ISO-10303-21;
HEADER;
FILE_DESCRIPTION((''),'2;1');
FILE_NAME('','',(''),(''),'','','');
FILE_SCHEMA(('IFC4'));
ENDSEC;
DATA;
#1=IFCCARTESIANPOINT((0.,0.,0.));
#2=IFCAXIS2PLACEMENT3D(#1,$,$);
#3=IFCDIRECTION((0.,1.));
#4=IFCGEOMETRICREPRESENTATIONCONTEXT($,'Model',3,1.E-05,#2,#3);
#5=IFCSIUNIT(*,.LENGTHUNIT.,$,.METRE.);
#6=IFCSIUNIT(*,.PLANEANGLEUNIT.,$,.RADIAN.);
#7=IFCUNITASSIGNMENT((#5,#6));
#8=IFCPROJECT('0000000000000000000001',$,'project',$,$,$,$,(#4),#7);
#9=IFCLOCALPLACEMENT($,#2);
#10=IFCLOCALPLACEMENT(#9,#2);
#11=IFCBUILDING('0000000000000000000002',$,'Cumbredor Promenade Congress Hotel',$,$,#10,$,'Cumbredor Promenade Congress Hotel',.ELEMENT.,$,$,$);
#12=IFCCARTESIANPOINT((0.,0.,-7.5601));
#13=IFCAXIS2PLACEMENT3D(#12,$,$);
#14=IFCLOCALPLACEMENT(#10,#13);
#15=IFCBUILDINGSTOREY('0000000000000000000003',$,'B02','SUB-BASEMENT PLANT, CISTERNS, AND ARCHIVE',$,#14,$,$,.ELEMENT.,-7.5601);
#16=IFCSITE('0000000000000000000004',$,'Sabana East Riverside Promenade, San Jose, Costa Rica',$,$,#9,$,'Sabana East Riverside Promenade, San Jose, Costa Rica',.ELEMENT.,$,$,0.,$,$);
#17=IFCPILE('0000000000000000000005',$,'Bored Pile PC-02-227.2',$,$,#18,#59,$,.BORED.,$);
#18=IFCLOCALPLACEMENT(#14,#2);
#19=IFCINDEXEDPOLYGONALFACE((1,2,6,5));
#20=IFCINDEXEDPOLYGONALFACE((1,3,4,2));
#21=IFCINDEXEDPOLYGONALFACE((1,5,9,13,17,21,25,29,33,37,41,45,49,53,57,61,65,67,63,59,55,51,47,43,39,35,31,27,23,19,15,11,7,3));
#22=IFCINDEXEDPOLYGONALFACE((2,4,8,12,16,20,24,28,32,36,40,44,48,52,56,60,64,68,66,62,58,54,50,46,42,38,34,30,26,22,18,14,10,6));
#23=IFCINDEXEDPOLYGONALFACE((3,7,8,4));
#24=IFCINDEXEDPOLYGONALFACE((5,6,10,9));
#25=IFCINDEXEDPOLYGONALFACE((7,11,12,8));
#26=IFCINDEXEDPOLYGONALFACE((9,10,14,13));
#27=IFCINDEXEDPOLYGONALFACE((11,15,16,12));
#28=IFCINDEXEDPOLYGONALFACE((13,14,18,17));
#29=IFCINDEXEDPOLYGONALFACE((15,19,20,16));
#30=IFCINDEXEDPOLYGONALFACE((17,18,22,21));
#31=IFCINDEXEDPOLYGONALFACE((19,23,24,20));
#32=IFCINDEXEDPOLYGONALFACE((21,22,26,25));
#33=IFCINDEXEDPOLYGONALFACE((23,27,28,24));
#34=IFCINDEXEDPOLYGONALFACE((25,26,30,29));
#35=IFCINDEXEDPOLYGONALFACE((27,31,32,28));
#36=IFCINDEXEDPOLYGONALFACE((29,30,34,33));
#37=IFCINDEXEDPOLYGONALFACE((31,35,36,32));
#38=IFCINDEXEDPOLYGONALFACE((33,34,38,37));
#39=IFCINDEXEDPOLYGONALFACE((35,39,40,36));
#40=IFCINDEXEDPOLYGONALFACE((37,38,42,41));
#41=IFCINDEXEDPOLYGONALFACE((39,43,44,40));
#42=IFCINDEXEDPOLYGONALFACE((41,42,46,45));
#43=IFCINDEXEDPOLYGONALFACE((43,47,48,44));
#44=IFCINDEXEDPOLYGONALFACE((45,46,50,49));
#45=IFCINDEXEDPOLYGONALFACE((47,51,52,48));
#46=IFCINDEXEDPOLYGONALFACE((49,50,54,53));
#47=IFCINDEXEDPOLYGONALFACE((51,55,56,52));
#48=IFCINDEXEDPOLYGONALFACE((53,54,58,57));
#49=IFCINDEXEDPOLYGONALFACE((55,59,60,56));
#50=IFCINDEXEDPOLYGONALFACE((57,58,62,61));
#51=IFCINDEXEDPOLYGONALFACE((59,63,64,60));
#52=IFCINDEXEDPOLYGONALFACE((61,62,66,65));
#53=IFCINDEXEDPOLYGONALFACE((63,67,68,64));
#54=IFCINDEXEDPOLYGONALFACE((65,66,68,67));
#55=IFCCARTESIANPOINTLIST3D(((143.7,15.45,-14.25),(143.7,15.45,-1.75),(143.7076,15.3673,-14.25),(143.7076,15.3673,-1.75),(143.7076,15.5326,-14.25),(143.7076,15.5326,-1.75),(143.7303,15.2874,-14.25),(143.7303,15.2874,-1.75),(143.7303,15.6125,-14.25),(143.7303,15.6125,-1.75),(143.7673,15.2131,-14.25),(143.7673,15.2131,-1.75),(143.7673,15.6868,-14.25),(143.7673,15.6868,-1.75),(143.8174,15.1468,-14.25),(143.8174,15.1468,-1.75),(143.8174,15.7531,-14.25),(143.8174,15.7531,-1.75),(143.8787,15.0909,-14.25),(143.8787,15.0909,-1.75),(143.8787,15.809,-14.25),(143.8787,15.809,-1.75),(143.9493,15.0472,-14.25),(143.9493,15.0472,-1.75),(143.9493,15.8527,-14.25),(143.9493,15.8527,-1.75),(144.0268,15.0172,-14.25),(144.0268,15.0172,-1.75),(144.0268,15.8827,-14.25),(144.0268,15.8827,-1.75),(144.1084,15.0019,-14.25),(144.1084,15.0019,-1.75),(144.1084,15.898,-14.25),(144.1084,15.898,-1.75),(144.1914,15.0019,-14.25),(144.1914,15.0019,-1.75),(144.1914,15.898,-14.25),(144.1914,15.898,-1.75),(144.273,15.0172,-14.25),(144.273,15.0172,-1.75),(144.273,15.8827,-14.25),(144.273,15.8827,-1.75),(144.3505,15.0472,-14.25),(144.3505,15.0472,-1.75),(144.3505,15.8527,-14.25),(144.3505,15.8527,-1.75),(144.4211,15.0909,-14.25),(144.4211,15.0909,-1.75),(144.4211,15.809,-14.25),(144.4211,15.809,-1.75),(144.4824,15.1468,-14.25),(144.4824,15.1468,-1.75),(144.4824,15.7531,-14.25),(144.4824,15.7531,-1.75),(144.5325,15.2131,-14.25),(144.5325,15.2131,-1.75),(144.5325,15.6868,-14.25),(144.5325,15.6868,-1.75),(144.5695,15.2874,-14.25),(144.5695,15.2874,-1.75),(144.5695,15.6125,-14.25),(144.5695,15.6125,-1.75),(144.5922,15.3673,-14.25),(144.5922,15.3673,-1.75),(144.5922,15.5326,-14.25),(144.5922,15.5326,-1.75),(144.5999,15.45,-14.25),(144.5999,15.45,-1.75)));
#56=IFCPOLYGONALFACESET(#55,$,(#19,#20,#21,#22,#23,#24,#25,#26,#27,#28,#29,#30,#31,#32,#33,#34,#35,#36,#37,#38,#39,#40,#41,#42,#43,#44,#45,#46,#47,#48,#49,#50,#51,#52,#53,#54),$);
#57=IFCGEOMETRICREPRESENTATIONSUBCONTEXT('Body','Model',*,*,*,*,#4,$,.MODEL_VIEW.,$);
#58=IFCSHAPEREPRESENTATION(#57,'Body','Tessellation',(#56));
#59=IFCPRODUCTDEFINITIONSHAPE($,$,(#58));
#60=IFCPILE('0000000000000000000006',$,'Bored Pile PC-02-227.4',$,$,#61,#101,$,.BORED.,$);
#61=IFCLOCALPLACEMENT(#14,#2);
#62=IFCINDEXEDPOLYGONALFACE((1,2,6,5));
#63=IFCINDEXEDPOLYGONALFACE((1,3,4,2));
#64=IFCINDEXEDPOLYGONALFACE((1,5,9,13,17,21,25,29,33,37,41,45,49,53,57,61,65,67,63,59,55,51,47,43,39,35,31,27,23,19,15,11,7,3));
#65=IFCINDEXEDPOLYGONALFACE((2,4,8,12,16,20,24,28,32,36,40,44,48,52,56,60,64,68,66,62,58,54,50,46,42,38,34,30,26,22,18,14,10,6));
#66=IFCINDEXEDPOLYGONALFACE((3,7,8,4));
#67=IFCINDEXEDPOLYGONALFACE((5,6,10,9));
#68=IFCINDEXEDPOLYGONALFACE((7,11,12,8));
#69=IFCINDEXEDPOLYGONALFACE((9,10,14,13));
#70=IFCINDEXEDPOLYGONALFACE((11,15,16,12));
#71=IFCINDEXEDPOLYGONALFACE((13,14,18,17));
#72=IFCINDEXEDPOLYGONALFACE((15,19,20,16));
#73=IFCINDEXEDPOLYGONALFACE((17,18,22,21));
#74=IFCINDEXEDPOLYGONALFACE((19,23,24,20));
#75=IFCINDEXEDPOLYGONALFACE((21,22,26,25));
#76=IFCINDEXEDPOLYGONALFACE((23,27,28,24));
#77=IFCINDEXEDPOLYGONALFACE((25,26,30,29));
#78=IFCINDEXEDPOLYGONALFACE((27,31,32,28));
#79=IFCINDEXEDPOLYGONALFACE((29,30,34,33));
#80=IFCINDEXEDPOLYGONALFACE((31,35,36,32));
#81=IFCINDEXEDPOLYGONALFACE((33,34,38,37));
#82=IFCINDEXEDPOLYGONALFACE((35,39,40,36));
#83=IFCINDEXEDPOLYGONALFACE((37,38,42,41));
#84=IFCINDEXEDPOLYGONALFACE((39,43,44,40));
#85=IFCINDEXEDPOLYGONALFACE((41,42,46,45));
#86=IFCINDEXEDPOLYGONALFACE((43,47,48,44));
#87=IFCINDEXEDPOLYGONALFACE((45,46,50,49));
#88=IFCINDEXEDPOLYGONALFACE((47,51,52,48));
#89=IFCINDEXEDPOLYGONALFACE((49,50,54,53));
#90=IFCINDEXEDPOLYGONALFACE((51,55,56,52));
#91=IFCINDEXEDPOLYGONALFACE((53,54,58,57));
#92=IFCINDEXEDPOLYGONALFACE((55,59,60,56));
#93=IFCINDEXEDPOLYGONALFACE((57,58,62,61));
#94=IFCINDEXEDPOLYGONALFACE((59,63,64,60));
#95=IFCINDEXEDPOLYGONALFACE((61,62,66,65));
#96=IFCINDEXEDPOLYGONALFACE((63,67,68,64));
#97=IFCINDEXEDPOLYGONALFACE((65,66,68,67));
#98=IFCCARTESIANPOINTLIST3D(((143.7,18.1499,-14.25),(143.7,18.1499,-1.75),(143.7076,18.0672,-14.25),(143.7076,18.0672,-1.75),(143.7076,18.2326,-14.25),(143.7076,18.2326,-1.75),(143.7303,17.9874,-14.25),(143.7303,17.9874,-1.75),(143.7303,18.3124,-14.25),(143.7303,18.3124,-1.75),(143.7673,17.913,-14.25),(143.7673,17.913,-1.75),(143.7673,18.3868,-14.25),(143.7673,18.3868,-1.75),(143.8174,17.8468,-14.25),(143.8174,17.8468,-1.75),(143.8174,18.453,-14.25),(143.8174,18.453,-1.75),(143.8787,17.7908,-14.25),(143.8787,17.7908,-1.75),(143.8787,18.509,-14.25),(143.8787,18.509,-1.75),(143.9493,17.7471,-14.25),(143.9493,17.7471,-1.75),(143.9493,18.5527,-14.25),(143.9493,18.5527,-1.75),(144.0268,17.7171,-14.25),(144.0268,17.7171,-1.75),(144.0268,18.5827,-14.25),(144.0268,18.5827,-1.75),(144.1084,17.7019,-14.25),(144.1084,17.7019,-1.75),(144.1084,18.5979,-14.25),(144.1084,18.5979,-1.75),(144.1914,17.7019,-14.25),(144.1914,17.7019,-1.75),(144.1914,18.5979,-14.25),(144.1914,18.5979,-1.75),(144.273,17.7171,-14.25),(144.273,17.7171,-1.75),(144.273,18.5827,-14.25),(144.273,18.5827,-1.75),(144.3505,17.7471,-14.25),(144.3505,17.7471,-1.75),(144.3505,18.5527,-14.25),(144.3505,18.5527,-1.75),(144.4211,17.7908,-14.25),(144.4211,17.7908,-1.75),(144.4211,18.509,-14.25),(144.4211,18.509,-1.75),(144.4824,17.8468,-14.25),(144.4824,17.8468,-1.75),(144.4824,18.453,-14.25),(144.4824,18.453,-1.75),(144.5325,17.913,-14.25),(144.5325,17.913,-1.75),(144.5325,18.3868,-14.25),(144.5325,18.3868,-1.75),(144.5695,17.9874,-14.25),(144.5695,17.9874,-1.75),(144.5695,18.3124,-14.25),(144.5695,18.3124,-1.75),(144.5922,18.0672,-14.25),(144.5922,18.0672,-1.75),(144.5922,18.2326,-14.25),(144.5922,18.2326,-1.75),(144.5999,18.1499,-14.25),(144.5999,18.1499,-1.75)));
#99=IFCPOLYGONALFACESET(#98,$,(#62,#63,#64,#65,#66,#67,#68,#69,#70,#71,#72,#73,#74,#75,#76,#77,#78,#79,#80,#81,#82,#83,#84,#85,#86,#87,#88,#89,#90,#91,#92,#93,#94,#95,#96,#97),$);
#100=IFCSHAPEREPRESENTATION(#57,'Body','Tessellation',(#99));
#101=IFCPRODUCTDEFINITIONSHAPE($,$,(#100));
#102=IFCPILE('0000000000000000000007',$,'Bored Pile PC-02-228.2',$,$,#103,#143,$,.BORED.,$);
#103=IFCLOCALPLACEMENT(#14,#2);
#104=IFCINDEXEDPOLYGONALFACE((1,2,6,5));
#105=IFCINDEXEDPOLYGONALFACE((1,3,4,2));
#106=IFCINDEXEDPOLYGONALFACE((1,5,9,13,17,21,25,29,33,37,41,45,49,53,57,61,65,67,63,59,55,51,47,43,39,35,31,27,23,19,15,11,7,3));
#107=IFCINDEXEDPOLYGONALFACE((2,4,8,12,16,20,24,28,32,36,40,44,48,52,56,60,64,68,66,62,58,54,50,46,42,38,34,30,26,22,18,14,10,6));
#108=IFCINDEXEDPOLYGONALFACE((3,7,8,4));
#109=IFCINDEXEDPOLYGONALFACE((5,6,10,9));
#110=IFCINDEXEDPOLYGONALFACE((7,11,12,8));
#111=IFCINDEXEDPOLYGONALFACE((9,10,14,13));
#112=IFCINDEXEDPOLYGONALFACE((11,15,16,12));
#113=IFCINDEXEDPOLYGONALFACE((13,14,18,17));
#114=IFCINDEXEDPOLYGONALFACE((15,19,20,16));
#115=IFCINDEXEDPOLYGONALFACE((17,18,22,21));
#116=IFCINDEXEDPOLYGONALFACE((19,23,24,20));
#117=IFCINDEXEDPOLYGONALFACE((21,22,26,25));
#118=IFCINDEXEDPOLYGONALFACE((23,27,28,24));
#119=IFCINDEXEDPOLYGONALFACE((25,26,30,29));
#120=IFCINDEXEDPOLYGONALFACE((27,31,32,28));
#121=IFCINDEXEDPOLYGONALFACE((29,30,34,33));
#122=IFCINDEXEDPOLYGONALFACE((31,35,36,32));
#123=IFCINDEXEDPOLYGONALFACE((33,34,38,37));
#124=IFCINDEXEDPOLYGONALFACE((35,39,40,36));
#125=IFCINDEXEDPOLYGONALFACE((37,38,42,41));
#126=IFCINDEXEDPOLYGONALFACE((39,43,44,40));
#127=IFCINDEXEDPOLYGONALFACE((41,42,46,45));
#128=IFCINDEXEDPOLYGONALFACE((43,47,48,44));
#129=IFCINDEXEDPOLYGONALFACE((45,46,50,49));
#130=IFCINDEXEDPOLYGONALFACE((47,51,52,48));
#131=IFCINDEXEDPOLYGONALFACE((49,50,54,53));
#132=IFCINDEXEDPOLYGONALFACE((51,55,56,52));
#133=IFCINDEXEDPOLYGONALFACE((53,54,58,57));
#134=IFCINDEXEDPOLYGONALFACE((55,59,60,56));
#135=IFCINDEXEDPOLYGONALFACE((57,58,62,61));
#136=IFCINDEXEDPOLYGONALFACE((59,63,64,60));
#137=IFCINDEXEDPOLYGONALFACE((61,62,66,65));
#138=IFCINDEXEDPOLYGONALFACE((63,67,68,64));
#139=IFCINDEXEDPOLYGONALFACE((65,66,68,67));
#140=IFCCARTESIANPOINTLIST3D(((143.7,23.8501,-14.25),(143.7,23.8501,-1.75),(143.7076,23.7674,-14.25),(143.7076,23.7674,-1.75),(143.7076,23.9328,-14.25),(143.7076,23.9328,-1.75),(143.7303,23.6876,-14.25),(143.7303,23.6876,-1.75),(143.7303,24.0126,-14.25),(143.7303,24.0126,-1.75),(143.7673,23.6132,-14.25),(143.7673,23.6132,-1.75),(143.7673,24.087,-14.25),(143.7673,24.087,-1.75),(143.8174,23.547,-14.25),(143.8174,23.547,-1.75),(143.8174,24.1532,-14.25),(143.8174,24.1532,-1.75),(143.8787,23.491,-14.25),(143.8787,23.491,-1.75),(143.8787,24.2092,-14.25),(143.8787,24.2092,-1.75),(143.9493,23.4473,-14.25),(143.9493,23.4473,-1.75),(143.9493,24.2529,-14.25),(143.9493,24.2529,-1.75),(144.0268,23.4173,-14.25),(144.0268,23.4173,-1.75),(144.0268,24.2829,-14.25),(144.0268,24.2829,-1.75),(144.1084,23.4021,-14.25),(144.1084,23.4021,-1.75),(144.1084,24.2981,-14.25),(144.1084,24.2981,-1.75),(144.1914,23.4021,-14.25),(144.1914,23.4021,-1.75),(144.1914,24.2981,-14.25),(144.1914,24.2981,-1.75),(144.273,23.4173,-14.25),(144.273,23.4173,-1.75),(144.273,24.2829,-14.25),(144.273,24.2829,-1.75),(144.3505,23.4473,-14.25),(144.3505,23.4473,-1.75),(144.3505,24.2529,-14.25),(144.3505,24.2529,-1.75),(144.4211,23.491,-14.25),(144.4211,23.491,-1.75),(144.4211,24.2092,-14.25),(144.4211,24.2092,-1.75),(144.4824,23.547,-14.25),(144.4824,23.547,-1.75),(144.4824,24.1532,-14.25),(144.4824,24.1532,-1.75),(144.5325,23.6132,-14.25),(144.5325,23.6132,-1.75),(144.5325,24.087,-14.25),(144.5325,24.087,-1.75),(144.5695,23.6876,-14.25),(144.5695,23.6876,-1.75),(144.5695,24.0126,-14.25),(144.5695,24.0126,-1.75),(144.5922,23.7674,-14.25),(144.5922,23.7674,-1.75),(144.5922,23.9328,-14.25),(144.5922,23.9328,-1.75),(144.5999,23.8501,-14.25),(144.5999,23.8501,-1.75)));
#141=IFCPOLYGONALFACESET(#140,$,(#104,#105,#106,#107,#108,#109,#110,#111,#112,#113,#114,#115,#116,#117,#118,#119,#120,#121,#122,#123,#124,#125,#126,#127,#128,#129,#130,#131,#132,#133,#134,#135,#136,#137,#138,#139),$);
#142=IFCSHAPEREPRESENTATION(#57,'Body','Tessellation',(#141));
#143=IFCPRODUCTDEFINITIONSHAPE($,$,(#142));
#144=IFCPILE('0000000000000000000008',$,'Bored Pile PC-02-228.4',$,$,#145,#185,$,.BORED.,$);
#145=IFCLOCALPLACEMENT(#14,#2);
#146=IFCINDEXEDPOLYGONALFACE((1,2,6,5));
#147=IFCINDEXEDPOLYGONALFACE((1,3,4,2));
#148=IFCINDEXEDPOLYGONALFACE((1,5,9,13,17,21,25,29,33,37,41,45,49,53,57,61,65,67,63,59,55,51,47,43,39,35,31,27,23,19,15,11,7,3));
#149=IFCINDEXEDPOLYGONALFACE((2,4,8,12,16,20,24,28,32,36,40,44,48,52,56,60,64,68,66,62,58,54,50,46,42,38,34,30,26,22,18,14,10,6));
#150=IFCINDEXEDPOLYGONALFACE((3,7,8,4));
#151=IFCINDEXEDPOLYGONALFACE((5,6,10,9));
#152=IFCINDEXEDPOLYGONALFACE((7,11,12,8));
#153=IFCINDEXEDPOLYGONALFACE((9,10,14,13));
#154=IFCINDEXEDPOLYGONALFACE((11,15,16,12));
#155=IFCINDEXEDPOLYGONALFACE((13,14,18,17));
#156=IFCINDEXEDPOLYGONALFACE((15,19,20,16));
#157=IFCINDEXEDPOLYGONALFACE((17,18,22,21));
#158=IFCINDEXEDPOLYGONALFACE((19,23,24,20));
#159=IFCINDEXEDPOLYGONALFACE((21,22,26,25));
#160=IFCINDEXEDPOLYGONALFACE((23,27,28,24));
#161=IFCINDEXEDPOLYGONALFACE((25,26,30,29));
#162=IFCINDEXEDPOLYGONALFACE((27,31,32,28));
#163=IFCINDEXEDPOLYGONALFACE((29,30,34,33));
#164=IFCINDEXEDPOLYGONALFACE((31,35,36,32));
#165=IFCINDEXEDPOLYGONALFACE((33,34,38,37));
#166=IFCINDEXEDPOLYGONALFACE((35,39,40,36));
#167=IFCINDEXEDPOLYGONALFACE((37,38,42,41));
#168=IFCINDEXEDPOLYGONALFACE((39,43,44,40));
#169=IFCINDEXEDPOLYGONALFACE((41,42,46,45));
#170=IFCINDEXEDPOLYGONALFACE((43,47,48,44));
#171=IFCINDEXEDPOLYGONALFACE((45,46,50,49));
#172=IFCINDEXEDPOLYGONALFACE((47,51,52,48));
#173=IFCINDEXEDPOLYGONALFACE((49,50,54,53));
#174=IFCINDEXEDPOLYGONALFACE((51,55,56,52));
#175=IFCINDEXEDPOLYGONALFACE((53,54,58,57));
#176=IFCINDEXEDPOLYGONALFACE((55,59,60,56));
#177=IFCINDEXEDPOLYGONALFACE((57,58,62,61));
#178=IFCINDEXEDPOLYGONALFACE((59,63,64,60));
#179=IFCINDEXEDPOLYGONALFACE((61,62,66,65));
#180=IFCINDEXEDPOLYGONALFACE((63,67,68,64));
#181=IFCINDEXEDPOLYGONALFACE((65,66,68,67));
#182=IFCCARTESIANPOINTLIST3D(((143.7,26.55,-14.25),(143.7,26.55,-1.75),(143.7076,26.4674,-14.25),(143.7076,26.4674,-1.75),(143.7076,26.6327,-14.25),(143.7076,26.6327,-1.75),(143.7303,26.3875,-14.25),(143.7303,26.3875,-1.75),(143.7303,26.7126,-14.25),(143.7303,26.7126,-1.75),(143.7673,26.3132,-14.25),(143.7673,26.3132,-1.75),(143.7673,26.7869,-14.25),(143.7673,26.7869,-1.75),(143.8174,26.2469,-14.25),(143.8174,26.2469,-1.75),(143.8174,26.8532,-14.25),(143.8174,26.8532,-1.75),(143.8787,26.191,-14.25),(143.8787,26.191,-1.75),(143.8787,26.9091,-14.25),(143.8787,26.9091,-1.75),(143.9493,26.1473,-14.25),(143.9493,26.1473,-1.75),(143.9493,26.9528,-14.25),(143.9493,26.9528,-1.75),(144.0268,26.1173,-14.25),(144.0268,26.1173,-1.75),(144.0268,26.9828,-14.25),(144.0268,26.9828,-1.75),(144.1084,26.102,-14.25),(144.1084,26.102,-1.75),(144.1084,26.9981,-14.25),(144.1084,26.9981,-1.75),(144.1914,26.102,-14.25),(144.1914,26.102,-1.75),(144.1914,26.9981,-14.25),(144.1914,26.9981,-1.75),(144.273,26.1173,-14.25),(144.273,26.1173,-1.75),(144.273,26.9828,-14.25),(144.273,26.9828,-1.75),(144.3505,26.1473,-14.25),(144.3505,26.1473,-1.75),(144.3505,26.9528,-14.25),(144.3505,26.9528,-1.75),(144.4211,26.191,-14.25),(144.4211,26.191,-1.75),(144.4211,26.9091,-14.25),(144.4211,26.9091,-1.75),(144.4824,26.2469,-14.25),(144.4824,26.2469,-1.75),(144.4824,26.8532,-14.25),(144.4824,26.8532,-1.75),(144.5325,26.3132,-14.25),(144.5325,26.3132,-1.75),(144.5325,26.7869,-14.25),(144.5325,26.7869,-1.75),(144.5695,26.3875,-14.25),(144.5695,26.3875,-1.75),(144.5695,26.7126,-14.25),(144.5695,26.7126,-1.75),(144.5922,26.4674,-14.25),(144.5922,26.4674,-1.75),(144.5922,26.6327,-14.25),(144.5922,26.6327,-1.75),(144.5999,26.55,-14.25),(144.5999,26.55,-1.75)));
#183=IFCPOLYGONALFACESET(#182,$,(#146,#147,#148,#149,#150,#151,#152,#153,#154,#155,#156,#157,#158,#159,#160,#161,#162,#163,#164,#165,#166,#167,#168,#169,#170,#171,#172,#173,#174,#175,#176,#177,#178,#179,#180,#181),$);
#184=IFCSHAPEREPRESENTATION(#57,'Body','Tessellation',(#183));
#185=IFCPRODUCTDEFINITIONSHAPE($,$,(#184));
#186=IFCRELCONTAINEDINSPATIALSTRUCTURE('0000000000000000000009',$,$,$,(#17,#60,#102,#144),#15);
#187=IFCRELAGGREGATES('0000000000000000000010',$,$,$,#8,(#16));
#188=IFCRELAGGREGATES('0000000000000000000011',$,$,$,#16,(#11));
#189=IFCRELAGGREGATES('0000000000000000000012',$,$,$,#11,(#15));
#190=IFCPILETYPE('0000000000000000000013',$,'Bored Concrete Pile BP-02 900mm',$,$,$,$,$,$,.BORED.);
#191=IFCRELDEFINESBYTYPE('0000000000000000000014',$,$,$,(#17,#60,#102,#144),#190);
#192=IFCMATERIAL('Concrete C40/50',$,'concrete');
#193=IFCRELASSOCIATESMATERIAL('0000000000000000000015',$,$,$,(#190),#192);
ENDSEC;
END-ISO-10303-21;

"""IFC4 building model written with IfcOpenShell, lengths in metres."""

from ifc_helpers import new_model, si_unit, direction, frame, origin, origin_2d, place, context, subcontext, project, spatial, circle, extrude, material, material_profile, profile_set, type_object, element, save


model = new_model("IFC4")

# Units and contexts
model_context = context("Model", 3, precision=1e-05, world=origin(), true_north=direction((0.0, 1.0)))
body_context = subcontext(model_context, "Body", "Model", "MODEL_VIEW")
ifc_project = project(units=[si_unit("LENGTHUNIT", "METRE"), si_unit("PLANEANGLEUNIT", "RADIAN")], contexts=[model_context])

# Site, building, storey
site_placement = place(None, origin())
site = spatial("IfcSite", under=ifc_project, at=site_placement, Name="Sabana East Riverside Promenade, San Jose, Costa Rica", LongName="Sabana East Riverside Promenade, San Jose, Costa Rica", CompositionType="ELEMENT", RefElevation=0.0)
building_placement = place(site_placement, origin())
building = spatial("IfcBuilding", under=site, at=building_placement, Name="Cumbredor Promenade Congress Hotel", LongName="Cumbredor Promenade Congress Hotel", CompositionType="ELEMENT")
storey_placement = place(building_placement, frame((0.0, 0.0, -7.5601)))
storey = spatial("IfcBuildingStorey", under=building, at=storey_placement, Name="B02", Description="SUB-BASEMENT PLANT, CISTERNS, AND ARCHIVE", CompositionType="ELEMENT", Elevation=-7.5601)

# Piles
ifc_material_1 = material(Name="Concrete C40/50", Category="concrete")
ifc_material_profile_1 = material_profile(ifc_material_1, circle(Radius=0.45, at=origin_2d()), Name="PILE D900")
ifc_profile_set_1 = profile_set([ifc_material_profile_1], Name="Concrete C40/50")
pile_type = type_object("IfcPileType", Name="Bored Concrete Pile BP-02 900mm", PredefinedType="BORED", material=ifc_profile_set_1)
for number, where, z_axis, x_axis, name in (
    (1, (144.1499, 15.45, -1.75), (0.0, 0.0, -1.0), (1.0, 0.0, 0.0), "Bored Pile PC-02-227.2"),
    (2, (144.1499, 18.1499, -1.75), (0.0, 0.0, -1.0), (1.0, 0.0, 0.0), "Bored Pile PC-02-227.4"),
    (3, (144.1499, 23.8501, -1.75), (0.0, 0.0, -1.0), (1.0, 0.0, 0.0), "Bored Pile PC-02-228.2"),
    (4, (144.1499, 26.55, -1.75), (0.0, 0.0, -1.0), (1.0, 0.0, 0.0), "Bored Pile PC-02-228.4"),
):
    element("IfcPile", number, at=place(storey_placement, frame(where, z_axis=z_axis, x_axis=x_axis)), inside=storey, type_object=pile_type, Name=name, PredefinedType="BORED", context=body_context, shape_type="SweptSolid", body=[
        extrude(circle(Radius=0.45, at=origin_2d()), origin(), (0.0, 0.0, 1.0), 12.5),
    ])

save(model, "model.ifc")
